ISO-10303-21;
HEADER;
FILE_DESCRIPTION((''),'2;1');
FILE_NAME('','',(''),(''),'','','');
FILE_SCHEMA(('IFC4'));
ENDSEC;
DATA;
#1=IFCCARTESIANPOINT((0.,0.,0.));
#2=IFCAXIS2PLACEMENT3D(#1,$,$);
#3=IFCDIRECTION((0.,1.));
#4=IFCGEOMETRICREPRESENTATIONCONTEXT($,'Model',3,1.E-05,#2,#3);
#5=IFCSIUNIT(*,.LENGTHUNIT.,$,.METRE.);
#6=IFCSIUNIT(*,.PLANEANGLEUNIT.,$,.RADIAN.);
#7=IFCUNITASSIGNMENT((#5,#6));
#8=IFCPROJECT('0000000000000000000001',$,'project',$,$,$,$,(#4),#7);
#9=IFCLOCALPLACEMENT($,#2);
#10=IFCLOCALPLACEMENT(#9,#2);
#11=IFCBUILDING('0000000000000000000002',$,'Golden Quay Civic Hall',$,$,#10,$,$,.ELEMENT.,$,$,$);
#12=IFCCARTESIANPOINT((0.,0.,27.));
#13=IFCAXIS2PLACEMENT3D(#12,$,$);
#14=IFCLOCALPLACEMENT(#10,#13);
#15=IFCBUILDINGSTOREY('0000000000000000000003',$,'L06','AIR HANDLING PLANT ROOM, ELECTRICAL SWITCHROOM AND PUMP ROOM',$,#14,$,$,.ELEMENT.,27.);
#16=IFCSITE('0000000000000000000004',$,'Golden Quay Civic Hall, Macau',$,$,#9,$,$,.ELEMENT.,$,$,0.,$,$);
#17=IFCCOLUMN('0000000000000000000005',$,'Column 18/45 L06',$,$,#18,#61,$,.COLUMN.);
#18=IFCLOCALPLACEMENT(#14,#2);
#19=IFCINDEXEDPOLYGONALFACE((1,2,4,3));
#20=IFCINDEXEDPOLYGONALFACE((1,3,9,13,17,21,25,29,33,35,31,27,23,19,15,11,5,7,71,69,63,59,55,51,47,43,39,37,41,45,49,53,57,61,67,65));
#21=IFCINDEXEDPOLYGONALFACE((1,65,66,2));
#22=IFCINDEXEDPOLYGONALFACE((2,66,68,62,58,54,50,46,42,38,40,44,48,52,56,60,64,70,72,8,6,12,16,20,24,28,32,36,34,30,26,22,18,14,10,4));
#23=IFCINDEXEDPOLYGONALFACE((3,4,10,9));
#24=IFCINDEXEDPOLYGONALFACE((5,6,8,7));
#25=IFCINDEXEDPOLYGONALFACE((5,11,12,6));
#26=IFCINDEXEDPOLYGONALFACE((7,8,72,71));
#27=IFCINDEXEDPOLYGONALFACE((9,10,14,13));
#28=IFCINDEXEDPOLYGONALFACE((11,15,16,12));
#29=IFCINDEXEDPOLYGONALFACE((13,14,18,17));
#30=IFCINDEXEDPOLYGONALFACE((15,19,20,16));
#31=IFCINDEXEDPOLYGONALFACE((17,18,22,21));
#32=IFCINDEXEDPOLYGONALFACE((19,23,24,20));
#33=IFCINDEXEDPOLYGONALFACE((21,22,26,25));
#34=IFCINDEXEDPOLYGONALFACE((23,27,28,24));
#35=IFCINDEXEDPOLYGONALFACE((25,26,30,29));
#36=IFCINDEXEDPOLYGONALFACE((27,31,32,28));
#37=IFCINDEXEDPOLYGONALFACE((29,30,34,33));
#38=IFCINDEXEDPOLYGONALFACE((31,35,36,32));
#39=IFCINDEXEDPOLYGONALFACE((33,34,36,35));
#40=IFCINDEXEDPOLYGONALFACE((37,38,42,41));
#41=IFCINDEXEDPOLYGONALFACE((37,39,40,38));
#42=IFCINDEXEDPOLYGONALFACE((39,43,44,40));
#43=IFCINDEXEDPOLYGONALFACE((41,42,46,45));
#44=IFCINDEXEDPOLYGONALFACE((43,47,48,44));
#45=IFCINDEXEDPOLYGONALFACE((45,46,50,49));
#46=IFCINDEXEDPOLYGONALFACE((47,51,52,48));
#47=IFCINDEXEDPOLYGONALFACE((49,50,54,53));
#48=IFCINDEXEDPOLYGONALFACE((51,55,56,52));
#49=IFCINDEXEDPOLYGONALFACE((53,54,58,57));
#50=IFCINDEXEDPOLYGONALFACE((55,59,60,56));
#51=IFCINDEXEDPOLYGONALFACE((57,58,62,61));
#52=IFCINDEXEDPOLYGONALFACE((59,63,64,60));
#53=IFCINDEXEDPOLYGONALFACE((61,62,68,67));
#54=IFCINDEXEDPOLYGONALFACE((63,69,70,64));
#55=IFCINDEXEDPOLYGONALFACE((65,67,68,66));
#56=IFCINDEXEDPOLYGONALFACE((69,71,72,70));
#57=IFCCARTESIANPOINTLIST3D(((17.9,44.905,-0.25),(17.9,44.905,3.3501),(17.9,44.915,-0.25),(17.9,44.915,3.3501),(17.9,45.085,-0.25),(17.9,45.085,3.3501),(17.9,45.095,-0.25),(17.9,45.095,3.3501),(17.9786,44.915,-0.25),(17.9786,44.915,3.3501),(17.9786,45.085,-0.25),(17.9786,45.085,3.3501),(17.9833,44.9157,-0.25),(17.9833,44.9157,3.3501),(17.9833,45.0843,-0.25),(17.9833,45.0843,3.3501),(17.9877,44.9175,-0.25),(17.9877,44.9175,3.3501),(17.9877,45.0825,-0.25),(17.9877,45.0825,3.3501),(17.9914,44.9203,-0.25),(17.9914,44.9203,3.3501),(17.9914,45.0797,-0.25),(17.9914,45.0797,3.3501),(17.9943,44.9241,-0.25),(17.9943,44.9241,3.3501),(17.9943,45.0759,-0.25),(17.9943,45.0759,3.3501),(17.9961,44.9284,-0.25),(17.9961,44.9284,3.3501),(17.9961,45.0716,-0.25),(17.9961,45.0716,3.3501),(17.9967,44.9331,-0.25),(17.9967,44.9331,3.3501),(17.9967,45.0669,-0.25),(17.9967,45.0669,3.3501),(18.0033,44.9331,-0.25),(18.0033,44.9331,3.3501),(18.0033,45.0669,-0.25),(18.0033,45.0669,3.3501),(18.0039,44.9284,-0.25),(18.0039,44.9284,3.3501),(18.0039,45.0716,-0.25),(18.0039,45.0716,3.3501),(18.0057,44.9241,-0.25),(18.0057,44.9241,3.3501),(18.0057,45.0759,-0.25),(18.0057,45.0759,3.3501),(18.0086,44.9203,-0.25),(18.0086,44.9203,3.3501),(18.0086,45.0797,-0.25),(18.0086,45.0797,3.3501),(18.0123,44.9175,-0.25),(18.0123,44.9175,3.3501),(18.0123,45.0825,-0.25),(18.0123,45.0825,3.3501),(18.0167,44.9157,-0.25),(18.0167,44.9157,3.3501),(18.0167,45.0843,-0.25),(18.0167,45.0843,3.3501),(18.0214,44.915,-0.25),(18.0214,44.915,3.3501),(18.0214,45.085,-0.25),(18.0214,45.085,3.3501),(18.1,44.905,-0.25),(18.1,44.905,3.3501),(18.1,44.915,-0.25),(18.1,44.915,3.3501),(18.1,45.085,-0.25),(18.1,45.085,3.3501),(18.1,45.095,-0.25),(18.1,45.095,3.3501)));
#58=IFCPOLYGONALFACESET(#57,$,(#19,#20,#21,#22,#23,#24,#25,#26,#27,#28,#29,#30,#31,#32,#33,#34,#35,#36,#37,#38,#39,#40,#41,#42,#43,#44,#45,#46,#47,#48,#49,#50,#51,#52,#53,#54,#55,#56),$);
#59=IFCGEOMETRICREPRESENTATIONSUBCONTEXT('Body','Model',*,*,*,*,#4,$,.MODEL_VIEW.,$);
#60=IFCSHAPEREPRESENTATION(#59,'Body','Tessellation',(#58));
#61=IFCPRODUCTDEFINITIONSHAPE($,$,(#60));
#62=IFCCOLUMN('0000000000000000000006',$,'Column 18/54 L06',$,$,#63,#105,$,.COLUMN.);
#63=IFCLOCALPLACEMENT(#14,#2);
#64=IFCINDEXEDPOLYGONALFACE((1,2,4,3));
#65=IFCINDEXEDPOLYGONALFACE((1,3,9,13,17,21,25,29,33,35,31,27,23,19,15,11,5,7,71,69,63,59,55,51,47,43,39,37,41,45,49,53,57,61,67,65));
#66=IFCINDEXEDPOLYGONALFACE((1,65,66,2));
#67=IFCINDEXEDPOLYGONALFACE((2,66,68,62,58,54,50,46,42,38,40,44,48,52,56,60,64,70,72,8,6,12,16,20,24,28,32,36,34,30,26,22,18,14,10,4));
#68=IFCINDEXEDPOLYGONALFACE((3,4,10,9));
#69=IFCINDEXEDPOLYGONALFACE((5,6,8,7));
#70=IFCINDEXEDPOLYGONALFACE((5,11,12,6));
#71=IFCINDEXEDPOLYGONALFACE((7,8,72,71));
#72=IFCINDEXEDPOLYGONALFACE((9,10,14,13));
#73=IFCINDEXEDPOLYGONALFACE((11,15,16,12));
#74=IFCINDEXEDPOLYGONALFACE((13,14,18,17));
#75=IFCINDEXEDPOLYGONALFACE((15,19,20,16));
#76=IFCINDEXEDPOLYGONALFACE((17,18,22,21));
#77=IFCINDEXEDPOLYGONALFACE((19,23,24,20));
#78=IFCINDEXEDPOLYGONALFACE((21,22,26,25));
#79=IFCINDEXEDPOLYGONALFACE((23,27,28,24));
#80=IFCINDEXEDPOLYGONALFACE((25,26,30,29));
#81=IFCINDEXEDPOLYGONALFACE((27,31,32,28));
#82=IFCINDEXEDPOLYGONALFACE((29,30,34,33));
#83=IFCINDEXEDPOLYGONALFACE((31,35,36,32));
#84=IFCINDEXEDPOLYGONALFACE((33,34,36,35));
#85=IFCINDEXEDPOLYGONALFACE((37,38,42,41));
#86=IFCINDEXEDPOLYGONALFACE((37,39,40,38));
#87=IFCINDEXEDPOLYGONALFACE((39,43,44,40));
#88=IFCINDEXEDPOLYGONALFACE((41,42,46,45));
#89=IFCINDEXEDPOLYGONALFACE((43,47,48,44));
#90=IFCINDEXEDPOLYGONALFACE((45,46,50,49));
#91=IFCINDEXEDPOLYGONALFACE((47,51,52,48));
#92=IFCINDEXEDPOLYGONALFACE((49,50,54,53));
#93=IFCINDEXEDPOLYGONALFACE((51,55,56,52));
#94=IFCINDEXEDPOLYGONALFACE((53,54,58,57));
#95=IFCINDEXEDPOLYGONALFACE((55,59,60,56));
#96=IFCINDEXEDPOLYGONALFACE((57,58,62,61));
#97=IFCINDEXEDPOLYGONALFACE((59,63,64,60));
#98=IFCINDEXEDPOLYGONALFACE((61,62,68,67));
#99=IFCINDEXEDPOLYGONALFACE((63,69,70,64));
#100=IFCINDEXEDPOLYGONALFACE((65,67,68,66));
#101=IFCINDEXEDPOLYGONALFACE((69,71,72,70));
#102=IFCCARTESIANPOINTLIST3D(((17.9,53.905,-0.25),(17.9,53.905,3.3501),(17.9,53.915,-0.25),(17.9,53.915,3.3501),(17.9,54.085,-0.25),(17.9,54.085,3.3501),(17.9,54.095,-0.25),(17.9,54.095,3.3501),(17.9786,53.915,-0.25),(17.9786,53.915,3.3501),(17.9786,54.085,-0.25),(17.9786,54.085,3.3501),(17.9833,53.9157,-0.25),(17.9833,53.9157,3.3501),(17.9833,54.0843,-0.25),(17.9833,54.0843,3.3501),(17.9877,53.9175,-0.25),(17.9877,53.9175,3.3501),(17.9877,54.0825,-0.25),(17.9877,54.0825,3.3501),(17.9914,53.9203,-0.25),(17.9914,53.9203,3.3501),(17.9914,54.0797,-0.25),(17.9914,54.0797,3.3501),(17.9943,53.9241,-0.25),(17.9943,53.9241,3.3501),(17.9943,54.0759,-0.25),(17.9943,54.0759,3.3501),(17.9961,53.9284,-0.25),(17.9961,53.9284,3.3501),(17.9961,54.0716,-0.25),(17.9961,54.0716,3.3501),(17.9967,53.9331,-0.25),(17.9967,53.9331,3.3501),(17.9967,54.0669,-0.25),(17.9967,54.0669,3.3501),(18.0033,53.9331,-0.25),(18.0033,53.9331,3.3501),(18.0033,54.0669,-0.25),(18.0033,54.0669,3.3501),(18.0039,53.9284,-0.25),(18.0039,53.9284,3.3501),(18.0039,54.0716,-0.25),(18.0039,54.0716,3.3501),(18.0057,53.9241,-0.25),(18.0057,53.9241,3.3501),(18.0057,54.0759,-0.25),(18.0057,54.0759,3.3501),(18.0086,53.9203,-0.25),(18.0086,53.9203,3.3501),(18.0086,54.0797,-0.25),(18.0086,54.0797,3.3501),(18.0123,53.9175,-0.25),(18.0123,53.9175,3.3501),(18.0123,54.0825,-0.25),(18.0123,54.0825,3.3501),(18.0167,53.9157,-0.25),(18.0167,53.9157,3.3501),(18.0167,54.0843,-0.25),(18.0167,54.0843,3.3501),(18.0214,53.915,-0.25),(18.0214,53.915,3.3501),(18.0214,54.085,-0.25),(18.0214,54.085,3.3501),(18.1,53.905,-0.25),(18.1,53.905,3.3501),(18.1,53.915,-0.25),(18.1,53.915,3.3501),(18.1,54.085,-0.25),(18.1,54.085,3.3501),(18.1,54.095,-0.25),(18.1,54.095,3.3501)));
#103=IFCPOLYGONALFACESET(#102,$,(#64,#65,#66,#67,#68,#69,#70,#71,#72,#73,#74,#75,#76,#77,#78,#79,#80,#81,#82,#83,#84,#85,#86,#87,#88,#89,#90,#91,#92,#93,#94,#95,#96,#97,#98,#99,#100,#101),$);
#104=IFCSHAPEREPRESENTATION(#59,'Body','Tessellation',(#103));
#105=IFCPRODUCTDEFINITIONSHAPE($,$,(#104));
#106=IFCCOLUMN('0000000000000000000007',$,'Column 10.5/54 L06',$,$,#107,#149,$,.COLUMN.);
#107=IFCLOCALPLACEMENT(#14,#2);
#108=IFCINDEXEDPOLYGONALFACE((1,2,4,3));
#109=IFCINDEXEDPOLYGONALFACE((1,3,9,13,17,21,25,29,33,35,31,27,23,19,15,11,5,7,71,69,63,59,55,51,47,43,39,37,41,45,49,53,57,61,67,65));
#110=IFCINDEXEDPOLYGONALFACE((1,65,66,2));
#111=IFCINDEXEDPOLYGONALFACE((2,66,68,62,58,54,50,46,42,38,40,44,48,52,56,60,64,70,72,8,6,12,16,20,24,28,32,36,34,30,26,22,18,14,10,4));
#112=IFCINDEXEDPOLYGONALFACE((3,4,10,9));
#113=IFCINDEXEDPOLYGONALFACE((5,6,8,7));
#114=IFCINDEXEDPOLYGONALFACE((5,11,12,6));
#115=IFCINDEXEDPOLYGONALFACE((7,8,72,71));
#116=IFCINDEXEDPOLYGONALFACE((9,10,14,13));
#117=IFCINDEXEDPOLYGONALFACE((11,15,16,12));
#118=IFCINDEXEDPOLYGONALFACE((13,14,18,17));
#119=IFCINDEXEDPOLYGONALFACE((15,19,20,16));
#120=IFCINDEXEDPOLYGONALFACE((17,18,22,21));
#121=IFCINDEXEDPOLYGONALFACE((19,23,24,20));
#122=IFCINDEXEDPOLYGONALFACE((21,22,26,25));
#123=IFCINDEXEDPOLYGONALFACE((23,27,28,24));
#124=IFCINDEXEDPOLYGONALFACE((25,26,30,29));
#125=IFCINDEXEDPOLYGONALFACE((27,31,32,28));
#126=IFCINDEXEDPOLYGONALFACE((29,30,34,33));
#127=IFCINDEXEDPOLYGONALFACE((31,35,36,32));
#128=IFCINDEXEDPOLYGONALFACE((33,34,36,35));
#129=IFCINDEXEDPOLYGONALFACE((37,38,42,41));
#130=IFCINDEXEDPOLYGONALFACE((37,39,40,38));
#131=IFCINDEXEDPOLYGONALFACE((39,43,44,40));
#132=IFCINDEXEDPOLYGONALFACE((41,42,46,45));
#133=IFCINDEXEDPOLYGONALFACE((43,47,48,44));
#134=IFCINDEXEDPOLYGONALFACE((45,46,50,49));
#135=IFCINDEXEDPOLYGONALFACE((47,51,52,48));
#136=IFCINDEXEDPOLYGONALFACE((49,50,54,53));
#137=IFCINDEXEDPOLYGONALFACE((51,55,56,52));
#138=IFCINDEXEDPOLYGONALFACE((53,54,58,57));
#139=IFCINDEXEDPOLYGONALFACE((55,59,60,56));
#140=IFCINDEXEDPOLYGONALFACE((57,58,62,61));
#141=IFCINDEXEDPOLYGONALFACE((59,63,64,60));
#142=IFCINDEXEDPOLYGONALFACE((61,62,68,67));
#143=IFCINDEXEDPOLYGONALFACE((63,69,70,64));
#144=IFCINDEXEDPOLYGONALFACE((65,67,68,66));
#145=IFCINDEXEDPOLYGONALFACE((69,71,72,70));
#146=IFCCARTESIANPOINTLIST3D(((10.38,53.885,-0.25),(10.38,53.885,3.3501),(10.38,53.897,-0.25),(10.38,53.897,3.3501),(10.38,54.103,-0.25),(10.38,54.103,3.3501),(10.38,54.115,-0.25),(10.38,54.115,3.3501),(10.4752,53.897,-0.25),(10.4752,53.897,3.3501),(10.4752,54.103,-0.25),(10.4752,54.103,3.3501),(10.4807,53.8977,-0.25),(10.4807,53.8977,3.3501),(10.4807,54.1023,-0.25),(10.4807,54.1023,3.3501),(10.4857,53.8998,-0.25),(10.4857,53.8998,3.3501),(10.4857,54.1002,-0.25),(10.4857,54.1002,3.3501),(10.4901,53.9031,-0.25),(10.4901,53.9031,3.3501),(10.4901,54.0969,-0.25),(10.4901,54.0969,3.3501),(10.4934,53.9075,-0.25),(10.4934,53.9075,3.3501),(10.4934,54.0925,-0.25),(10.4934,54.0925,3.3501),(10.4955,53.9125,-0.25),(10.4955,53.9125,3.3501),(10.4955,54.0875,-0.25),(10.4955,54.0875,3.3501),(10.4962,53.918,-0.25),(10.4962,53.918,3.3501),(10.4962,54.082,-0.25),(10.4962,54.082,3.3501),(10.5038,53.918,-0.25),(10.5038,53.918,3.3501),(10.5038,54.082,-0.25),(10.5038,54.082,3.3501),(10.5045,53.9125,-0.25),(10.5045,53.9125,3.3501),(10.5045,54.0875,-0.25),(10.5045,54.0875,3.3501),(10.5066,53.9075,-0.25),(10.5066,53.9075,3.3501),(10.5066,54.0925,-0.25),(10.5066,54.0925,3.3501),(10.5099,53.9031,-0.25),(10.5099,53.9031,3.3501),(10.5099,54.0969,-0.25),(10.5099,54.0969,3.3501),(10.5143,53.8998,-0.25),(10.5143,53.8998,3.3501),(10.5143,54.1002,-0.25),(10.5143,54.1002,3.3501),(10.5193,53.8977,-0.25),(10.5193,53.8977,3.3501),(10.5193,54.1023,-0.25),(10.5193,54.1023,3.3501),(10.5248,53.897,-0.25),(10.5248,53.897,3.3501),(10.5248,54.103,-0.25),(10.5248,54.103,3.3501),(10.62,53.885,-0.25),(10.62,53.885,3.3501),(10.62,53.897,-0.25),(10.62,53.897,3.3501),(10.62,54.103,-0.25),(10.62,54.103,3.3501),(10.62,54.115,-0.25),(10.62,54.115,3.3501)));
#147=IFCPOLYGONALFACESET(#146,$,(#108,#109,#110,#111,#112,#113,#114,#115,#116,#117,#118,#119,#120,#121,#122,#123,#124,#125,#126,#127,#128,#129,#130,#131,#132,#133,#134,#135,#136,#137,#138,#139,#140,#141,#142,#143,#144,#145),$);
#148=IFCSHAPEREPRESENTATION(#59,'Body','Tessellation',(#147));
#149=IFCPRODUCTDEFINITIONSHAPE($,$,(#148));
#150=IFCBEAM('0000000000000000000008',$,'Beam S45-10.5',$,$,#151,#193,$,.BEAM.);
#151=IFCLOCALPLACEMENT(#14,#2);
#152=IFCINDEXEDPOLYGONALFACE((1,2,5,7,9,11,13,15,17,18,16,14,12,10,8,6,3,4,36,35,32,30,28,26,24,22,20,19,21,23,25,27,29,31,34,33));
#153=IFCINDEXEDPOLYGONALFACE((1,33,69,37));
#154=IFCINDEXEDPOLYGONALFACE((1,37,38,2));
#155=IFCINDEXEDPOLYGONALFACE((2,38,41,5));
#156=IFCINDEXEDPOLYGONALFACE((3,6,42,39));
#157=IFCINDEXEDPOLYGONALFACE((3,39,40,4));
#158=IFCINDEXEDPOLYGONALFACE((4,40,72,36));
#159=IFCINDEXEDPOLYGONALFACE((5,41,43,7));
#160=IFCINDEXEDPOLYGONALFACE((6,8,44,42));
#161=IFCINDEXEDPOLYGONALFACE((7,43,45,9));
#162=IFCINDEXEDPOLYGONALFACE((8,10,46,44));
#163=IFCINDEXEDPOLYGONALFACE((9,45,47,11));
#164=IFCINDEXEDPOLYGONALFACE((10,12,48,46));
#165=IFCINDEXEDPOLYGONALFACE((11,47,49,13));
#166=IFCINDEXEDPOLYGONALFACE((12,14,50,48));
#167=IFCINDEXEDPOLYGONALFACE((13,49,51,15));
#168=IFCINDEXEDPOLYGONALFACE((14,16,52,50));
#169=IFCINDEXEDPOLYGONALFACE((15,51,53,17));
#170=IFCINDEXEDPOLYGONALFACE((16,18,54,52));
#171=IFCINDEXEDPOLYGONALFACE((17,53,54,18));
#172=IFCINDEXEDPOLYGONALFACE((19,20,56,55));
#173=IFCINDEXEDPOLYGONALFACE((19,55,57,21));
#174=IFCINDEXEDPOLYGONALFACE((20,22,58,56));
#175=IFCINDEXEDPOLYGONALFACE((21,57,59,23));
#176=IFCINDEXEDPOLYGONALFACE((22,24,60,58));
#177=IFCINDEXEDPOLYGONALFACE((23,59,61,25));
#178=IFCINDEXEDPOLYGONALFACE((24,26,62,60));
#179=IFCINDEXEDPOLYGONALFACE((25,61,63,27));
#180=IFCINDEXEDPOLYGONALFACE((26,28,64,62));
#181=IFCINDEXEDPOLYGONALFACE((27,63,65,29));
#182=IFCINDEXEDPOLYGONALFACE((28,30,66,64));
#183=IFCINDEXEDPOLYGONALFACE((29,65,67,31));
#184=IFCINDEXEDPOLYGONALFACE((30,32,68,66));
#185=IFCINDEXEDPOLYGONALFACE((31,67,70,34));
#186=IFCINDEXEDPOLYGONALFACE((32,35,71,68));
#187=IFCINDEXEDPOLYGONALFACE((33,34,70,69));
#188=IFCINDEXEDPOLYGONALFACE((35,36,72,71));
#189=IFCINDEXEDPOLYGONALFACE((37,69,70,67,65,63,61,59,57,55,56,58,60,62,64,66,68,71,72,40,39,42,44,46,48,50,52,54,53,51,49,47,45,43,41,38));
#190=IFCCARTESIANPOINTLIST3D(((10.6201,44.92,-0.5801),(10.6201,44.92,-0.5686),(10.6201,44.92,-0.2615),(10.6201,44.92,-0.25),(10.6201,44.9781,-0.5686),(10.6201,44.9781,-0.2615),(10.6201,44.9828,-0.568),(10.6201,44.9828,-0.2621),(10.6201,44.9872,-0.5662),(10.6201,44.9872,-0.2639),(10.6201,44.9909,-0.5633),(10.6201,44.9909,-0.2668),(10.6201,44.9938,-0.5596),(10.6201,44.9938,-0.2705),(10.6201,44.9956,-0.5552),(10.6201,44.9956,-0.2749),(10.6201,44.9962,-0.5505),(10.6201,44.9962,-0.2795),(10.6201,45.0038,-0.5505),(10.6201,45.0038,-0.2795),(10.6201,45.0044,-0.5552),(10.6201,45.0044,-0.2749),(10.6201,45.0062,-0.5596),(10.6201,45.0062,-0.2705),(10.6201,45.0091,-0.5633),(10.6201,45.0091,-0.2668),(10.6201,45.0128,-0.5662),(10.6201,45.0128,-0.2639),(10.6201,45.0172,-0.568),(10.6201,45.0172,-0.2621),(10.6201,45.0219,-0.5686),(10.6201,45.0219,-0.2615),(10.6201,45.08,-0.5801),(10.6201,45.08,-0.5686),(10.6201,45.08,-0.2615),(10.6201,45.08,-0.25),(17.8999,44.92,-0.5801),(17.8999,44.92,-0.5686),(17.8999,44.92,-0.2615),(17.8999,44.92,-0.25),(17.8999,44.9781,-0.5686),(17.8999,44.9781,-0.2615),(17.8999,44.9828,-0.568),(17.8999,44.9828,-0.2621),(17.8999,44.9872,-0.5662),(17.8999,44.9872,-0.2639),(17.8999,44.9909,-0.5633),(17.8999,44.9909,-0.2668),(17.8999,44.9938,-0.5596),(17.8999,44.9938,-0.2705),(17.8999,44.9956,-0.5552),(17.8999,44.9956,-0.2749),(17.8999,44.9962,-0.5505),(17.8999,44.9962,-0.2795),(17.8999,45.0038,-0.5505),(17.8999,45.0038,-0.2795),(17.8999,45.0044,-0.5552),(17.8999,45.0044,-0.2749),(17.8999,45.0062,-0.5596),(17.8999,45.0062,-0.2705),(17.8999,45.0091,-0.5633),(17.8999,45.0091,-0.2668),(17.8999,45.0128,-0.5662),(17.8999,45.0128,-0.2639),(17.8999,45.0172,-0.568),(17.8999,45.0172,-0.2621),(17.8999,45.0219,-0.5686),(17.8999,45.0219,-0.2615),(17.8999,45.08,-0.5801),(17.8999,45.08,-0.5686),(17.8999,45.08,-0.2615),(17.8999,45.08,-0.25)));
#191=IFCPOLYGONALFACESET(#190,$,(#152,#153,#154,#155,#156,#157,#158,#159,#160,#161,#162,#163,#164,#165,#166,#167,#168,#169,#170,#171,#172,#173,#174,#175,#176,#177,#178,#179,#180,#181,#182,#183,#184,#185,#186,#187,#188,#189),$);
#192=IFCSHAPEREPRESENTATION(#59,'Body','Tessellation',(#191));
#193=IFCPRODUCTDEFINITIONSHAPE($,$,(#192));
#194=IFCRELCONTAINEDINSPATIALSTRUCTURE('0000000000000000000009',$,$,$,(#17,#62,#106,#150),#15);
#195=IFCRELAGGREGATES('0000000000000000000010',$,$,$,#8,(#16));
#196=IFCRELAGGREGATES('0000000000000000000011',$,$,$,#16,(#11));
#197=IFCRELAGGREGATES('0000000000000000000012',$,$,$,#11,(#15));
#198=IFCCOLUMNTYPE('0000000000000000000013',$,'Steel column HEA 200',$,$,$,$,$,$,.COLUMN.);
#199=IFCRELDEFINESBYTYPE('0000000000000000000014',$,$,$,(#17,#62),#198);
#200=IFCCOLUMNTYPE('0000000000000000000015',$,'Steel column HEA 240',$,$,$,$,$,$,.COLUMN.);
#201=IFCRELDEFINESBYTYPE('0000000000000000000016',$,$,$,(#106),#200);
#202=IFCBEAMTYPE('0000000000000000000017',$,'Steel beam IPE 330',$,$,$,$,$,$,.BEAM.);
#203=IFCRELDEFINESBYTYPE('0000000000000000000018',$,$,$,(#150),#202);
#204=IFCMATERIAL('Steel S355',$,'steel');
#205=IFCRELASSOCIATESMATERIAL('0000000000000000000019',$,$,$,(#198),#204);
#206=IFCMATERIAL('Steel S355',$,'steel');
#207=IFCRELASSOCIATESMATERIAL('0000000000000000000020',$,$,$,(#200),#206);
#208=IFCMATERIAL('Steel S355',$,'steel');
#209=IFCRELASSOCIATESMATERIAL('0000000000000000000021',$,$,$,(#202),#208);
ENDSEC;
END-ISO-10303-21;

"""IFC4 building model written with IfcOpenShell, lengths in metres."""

from ifc_helpers import new_model, si_unit, direction, frame, origin, origin_2d, place, context, subcontext, project, spatial, i_section, extrude, material, material_profile, profile_set, type_object, element, save


model = new_model("IFC4")

# Units and contexts
model_context = context("Model", 3, precision=1e-05, world=origin(), true_north=direction((0.0, 1.0)))
body_context = subcontext(model_context, "Body", "Model", "MODEL_VIEW")
ifc_project = project(units=[si_unit("LENGTHUNIT", "METRE"), si_unit("PLANEANGLEUNIT", "RADIAN")], contexts=[model_context])

# Site, building, storey
site_placement = place(None, origin())
site = spatial("IfcSite", under=ifc_project, at=site_placement, Name="Golden Quay Civic Hall, Macau", CompositionType="ELEMENT", RefElevation=0.0)
building_placement = place(site_placement, origin())
building = spatial("IfcBuilding", under=site, at=building_placement, Name="Golden Quay Civic Hall", CompositionType="ELEMENT")
storey_placement = place(building_placement, frame((0.0, 0.0, 27.0)))
storey = spatial("IfcBuildingStorey", under=building, at=storey_placement, Name="L06", Description="AIR HANDLING PLANT ROOM, ELECTRICAL SWITCHROOM AND PUMP ROOM", CompositionType="ELEMENT", Elevation=27.0)

# Columns
ifc_material_1 = material(Name="Steel S355", Category="steel")
ifc_material_profile_1 = material_profile(ifc_material_1, i_section(OverallWidth=0.2, OverallDepth=0.1899, WebThickness=0.0066, FlangeThickness=0.01, FilletRadius=0.0181, at=origin_2d()), Name="HEA 200")
ifc_profile_set_1 = profile_set([ifc_material_profile_1], Name="Steel S355")
column_type_1 = type_object("IfcColumnType", Name="Steel column HEA 200", PredefinedType="COLUMN", material=ifc_profile_set_1)
for number, where, z_axis, x_axis, name in (
    (1, (18.0, 45.0, -0.25), (0.0, 0.0, 1.0), (1.0, 0.0, 0.0), "Column 18/45 L06"),
    (2, (18.0, 54.0, -0.25), (0.0, 0.0, 1.0), (1.0, 0.0, 0.0), "Column 18/54 L06"),
):
    element("IfcColumn", number, at=place(storey_placement, frame(where, z_axis=z_axis, x_axis=x_axis)), inside=storey, type_object=column_type_1, Name=name, PredefinedType="COLUMN", context=body_context, shape_type="SweptSolid", body=[
        extrude(i_section(OverallWidth=0.2, OverallDepth=0.1899, WebThickness=0.0066, FlangeThickness=0.01, FilletRadius=0.0181, at=origin_2d()), origin(), (0.0, 0.0, 1.0), 3.6001),
    ])
ifc_material_2 = material(Name="Steel S355", Category="steel")
ifc_material_profile_2 = material_profile(ifc_material_2, i_section(OverallWidth=0.24, OverallDepth=0.23, WebThickness=0.0076, FlangeThickness=0.012, FilletRadius=0.021, at=origin_2d()), Name="HEA 240")
ifc_profile_set_2 = profile_set([ifc_material_profile_2], Name="Steel S355")
column_type_2 = type_object("IfcColumnType", Name="Steel column HEA 240", PredefinedType="COLUMN", material=ifc_profile_set_2)
column_placement = place(storey_placement, frame((10.5, 54.0, -0.25), z_axis=(0.0, 0.0, 1.0), x_axis=(1.0, 0.0, 0.0)))
element("IfcColumn", 3, at=column_placement, inside=storey, type_object=column_type_2, Name="Column 10.5/54 L06", PredefinedType="COLUMN", context=body_context, shape_type="SweptSolid", body=[
    extrude(i_section(OverallWidth=0.24, OverallDepth=0.23, WebThickness=0.0076, FlangeThickness=0.012, FilletRadius=0.021, at=origin_2d()), origin(), (0.0, 0.0, 1.0), 3.6001),
])

# Beam
ifc_material_3 = material(Name="Steel S355", Category="steel")
ifc_material_profile_3 = material_profile(ifc_material_3, i_section(OverallWidth=0.1599, OverallDepth=0.3301, WebThickness=0.0076, FlangeThickness=0.0115, FilletRadius=0.0181, at=origin_2d()), Name="IPE 330")
ifc_profile_set_3 = profile_set([ifc_material_profile_3], Name="Steel S355")
beam_type_1 = type_object("IfcBeamType", Name="Steel beam IPE 330", PredefinedType="BEAM", material=ifc_profile_set_3)
for number, where, z_axis, x_axis, name in (
    (4, (10.6201, 45.0, -0.415), (1.0, 0.0, 0.0), (0.0, 1.0, 0.0), "Beam S45-10.5"),
):
    element("IfcBeam", number, at=place(storey_placement, frame(where, z_axis=z_axis, x_axis=x_axis)), inside=storey, type_object=beam_type_1, Name=name, PredefinedType="BEAM", context=body_context, shape_type="SweptSolid", body=[
        extrude(i_section(OverallWidth=0.1599, OverallDepth=0.3301, WebThickness=0.0076, FlangeThickness=0.0115, FilletRadius=0.0181, at=origin_2d()), origin(), (0.0, 0.0, 1.0), 7.2798),
    ])

save(model, "model.ifc")
